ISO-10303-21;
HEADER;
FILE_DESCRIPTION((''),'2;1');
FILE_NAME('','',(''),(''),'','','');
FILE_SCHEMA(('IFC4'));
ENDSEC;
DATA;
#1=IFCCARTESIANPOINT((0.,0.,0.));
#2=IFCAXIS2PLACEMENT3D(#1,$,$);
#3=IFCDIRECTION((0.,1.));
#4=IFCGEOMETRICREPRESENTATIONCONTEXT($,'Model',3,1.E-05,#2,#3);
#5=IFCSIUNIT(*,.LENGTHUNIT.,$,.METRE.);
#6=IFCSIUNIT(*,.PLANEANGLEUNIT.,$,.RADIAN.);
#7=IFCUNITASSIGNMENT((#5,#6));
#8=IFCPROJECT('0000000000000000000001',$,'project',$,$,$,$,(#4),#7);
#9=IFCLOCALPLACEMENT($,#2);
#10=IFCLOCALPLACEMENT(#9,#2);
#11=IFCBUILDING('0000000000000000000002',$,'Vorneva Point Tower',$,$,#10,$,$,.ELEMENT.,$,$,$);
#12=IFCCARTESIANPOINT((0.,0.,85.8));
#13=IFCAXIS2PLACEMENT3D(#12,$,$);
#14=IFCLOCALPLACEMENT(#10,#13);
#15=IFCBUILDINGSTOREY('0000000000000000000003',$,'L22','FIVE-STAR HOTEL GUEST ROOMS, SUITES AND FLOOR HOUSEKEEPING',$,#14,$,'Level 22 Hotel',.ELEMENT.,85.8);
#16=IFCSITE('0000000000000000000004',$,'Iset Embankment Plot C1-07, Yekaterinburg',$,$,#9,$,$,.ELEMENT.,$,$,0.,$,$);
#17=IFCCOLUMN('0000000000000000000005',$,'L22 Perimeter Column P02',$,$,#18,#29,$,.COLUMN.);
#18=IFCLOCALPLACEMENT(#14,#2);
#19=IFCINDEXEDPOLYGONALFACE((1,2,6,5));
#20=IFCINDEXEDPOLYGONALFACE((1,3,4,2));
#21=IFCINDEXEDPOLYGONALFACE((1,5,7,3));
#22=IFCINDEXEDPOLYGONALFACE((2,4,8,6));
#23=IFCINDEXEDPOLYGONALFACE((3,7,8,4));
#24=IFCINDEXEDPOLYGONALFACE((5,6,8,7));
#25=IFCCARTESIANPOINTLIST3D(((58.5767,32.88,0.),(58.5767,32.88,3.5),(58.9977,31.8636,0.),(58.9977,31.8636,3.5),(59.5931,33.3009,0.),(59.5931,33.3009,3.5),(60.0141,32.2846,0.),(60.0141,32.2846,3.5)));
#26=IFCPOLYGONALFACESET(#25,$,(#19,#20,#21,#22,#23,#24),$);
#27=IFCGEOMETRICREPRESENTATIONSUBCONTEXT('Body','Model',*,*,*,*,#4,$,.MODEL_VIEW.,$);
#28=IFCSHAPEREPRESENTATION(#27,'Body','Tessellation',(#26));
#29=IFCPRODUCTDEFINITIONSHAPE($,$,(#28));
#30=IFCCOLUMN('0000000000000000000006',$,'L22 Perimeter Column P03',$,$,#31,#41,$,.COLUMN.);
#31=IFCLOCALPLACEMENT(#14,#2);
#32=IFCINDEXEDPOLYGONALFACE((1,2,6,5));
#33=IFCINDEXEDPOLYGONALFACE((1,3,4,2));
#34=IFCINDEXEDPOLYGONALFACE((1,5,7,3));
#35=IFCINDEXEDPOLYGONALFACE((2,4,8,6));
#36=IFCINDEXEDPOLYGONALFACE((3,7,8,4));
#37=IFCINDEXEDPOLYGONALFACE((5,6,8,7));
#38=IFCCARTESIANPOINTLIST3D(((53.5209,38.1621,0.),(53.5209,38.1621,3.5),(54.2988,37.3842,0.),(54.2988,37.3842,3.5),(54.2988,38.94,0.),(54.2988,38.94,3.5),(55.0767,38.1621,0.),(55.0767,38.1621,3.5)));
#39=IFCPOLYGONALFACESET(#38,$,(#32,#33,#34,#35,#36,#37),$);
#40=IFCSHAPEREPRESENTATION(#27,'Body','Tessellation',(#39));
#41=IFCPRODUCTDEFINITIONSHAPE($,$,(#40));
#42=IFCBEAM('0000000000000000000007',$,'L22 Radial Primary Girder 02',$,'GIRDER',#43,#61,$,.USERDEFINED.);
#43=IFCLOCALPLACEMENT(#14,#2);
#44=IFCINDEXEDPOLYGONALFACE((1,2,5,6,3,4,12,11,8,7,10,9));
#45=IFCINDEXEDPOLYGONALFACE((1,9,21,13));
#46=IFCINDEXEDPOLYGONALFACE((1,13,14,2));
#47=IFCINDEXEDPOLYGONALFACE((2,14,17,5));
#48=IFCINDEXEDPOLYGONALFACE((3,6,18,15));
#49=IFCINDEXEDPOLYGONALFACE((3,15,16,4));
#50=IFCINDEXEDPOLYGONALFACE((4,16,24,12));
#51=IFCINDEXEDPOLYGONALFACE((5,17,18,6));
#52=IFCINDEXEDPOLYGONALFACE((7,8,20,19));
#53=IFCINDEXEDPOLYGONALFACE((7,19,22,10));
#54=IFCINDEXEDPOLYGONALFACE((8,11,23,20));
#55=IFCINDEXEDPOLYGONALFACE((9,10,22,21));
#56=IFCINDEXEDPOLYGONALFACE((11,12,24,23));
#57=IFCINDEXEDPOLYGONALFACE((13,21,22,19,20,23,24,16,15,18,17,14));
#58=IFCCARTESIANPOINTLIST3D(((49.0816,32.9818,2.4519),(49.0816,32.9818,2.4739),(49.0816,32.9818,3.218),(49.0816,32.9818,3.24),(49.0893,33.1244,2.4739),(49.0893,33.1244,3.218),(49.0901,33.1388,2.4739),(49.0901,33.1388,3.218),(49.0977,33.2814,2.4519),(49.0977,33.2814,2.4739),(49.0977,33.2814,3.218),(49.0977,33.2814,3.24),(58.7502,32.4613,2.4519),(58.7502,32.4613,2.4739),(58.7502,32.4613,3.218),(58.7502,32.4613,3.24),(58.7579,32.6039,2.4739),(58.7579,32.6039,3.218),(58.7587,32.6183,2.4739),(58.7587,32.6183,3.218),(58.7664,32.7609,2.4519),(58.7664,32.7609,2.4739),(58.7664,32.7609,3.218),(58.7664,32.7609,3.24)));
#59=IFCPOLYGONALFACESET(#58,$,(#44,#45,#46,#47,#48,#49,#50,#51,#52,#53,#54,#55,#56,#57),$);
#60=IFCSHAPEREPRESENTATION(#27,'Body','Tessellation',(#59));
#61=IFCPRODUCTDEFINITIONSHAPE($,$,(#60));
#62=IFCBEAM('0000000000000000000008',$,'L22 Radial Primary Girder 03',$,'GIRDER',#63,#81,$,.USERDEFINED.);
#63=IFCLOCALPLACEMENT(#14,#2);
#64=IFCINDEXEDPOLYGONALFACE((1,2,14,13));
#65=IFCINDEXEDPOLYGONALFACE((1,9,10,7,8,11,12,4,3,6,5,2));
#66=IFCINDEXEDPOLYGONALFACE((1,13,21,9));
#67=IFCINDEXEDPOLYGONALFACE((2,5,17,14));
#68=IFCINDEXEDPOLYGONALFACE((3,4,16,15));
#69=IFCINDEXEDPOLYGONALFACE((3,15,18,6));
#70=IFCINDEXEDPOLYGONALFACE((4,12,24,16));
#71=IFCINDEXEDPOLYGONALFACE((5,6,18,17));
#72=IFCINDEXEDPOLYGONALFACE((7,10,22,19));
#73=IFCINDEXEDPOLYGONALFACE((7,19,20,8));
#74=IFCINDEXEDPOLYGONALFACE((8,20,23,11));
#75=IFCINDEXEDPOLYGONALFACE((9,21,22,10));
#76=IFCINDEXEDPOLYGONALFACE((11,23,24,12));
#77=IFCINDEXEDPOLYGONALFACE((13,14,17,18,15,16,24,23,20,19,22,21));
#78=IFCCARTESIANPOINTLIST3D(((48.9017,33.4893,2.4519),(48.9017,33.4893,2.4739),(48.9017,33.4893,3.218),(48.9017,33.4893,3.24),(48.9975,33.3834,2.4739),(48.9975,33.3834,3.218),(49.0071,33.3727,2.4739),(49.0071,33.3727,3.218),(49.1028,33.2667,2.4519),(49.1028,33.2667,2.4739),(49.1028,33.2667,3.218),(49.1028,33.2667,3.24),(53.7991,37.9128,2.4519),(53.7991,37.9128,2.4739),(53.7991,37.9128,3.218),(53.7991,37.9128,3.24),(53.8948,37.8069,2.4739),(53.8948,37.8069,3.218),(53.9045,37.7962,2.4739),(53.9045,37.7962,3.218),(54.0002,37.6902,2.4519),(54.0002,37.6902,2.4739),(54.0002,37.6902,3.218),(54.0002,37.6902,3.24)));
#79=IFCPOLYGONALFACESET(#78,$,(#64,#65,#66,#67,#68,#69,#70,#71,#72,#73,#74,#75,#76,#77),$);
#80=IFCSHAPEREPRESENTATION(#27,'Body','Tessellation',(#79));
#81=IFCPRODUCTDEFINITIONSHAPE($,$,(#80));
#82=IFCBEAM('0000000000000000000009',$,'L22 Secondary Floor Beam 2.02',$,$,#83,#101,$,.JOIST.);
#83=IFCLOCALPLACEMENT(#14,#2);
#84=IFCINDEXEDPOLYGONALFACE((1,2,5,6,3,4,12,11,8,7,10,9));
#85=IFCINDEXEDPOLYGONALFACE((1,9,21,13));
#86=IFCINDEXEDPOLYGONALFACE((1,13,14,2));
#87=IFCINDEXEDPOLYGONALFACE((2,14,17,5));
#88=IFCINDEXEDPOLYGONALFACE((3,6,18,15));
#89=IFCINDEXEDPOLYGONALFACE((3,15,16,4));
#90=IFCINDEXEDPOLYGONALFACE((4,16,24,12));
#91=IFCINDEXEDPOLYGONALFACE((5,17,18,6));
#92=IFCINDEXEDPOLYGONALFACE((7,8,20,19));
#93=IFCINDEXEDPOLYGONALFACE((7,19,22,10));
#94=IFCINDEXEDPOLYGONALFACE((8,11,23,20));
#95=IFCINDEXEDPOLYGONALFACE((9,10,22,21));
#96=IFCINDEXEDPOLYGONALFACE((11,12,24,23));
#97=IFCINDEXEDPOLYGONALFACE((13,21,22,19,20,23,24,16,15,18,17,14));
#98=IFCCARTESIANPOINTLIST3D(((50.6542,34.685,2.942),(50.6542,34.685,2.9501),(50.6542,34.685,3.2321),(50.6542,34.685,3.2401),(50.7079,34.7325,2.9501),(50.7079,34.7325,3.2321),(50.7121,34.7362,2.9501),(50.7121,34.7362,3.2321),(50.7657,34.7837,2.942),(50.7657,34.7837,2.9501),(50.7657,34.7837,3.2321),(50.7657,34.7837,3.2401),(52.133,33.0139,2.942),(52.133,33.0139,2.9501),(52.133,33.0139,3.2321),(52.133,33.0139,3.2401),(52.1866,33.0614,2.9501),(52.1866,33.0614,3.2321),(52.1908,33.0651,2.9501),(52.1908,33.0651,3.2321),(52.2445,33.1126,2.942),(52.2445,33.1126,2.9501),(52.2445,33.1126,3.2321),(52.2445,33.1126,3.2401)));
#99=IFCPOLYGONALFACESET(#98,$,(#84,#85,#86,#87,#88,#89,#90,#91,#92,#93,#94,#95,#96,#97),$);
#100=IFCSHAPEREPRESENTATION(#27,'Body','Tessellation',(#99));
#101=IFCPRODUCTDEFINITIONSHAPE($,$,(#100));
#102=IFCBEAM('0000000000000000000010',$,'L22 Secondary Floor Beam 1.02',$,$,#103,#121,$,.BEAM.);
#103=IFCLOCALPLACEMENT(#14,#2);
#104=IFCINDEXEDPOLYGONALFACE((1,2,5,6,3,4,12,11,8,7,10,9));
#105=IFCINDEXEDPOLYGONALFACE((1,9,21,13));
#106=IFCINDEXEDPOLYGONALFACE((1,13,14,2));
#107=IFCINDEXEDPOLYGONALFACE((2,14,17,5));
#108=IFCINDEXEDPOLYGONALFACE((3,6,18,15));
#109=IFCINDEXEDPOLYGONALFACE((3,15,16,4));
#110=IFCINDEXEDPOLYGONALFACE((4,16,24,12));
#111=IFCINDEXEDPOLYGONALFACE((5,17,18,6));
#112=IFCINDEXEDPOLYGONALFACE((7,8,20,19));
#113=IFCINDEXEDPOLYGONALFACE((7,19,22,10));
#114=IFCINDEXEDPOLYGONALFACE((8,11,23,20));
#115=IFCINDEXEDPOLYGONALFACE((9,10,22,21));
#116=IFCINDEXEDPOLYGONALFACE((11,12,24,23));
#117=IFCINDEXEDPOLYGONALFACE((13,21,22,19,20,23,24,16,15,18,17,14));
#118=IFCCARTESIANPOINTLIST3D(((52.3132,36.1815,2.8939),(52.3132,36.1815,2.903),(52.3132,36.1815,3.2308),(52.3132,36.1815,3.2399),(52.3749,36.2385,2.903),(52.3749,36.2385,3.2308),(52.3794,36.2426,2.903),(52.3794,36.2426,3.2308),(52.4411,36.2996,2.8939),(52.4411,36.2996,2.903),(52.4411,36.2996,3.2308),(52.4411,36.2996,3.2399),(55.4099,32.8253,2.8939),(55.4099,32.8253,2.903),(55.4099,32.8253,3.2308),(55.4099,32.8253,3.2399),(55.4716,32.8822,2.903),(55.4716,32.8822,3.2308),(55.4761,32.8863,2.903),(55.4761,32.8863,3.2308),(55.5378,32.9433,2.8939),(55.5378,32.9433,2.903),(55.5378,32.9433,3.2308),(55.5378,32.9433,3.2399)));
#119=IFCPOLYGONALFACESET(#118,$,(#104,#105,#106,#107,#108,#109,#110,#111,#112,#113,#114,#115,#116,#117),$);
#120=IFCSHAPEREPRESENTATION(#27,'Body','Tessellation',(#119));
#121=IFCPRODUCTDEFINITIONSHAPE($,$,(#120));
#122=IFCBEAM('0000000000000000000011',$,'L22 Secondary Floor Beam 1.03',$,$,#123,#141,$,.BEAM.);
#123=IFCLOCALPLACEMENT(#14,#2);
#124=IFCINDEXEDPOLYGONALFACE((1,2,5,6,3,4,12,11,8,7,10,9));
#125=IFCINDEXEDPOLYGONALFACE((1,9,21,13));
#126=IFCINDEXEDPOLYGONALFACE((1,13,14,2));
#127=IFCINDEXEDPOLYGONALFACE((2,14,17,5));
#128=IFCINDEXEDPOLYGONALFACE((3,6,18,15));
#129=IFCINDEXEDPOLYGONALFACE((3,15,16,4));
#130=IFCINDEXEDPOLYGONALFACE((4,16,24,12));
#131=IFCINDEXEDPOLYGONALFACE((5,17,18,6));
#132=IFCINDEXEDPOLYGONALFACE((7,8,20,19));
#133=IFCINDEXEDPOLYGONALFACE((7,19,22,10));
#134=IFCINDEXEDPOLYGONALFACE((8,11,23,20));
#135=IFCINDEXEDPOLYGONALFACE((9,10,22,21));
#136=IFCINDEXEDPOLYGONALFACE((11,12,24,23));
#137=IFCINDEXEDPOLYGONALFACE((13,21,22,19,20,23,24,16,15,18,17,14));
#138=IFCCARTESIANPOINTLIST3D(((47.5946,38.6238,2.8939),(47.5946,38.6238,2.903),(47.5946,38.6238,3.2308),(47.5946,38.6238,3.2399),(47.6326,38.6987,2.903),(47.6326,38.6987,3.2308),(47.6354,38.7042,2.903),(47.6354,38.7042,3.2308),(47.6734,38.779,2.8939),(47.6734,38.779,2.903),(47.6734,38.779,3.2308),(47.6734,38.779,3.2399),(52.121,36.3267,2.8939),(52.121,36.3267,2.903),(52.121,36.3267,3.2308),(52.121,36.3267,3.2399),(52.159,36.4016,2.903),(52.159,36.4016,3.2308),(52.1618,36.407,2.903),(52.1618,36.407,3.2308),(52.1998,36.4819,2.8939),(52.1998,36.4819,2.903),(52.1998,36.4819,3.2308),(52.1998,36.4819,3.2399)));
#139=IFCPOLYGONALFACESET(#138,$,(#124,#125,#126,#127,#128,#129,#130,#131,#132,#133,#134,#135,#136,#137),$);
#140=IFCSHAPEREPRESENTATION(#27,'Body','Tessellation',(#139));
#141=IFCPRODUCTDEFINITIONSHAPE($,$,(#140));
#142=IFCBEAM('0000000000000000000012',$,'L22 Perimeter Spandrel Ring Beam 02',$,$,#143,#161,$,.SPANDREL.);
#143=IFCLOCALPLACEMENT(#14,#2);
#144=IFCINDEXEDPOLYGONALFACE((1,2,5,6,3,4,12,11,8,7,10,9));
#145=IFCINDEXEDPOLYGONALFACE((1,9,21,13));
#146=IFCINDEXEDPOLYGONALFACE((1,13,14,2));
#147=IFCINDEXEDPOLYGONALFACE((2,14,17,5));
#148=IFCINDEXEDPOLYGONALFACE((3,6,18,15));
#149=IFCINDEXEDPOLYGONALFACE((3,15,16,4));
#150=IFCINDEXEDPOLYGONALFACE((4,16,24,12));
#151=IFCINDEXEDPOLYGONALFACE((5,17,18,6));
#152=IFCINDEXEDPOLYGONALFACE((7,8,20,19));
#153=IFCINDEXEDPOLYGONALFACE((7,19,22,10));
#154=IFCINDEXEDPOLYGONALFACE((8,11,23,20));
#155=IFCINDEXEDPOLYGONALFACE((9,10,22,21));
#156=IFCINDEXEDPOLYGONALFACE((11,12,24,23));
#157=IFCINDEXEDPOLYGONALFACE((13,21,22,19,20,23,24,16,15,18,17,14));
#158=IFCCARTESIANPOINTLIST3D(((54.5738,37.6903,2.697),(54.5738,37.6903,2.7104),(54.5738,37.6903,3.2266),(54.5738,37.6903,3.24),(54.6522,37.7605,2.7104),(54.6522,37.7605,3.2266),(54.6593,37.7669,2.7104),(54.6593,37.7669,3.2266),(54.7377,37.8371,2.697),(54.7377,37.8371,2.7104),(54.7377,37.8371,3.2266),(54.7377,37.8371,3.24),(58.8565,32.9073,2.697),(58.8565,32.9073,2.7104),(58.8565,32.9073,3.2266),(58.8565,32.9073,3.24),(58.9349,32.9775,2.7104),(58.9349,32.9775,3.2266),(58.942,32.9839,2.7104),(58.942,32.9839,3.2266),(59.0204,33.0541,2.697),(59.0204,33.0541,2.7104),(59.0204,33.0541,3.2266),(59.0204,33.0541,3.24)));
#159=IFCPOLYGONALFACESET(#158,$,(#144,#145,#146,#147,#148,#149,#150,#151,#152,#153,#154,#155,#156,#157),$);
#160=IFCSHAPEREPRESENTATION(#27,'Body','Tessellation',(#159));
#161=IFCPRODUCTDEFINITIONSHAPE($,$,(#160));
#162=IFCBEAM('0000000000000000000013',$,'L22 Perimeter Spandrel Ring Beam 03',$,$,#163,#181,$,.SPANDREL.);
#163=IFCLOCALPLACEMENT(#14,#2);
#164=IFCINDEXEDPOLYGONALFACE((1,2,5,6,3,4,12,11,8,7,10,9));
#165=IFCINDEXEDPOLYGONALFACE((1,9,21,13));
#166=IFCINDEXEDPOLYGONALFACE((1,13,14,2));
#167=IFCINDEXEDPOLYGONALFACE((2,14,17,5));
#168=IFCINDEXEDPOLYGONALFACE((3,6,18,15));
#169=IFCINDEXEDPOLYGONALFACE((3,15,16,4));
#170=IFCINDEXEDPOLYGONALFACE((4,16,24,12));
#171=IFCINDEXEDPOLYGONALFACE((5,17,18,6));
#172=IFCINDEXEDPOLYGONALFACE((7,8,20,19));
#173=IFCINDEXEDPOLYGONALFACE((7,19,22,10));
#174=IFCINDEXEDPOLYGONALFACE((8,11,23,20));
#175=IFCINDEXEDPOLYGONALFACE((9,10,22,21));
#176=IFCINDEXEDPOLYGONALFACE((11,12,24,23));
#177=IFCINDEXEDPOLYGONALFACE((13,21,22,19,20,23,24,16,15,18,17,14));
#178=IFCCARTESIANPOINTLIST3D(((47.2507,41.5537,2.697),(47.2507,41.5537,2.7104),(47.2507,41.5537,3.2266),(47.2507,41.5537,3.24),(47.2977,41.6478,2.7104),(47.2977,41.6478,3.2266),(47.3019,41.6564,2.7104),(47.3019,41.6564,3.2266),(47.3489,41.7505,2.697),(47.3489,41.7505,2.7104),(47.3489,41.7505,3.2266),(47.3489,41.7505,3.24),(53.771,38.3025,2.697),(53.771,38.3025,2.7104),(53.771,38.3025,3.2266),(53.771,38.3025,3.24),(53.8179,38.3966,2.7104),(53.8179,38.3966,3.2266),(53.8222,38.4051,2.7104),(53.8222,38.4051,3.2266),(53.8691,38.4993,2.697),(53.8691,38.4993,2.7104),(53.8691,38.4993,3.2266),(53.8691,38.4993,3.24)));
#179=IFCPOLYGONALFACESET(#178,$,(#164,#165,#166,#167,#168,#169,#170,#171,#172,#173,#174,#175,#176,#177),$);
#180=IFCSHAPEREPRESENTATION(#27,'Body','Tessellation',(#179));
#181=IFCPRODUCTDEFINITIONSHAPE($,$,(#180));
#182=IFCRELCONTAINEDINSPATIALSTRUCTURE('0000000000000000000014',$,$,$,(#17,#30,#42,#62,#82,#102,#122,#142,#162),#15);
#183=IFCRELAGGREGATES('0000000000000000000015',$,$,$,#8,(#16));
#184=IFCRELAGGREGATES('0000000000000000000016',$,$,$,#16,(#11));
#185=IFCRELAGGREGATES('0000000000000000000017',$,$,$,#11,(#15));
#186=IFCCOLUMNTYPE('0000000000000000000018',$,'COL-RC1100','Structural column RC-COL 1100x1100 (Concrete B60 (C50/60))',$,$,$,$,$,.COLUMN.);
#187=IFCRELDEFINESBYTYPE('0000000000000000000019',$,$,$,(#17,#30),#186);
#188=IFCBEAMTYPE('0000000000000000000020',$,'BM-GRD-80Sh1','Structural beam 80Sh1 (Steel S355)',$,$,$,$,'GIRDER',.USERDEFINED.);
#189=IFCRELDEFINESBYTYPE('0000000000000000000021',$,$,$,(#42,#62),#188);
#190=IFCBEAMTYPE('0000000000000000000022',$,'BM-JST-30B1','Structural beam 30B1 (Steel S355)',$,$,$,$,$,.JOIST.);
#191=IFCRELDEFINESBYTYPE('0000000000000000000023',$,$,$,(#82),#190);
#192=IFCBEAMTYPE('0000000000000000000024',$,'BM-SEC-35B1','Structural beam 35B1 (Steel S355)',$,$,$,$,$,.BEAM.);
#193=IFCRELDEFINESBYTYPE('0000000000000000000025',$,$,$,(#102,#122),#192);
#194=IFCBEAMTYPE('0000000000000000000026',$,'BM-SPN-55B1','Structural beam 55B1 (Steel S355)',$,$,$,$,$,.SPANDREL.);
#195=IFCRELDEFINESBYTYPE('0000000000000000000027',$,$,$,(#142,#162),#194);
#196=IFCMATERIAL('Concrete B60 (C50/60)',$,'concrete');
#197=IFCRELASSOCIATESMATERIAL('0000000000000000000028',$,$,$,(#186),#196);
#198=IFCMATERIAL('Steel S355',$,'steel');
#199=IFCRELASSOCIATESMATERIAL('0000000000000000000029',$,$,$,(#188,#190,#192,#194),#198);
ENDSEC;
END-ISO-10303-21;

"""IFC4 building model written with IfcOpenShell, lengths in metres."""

from ifc_helpers import new_model, si_unit, direction, frame, origin, origin_2d, place, context, subcontext, project, spatial, rectangle, i_section, extrude, material, material_profile, profile_set, type_object, element, save


model = new_model("IFC4")

# Units and contexts
model_context = context("Model", 3, precision=1e-05, world=origin(), true_north=direction((0.0, 1.0)))
body_context = subcontext(model_context, "Body", "Model", "MODEL_VIEW")
ifc_project = project(units=[si_unit("LENGTHUNIT", "METRE"), si_unit("PLANEANGLEUNIT", "RADIAN")], contexts=[model_context])

# Site, building, storey
site_placement = place(None, origin())
site = spatial("IfcSite", under=ifc_project, at=site_placement, Name="Iset Embankment Plot C1-07, Yekaterinburg", CompositionType="ELEMENT", RefElevation=0.0)
building_placement = place(site_placement, origin())
building = spatial("IfcBuilding", under=site, at=building_placement, Name="Vorneva Point Tower", CompositionType="ELEMENT")
storey_placement = place(building_placement, frame((0.0, 0.0, 85.8)))
storey = spatial("IfcBuildingStorey", under=building, at=storey_placement, Name="L22", Description="FIVE-STAR HOTEL GUEST ROOMS, SUITES AND FLOOR HOUSEKEEPING", LongName="Level 22 Hotel", CompositionType="ELEMENT", Elevation=85.8)

# Columns
ifc_material_1 = material(Name="Concrete B60 (C50/60)", Category="concrete")
ifc_material_profile_1 = material_profile(ifc_material_1, rectangle(XDim=1.1001, YDim=1.1001, at=origin_2d()), Name="RC-COL 1100x1100")
ifc_profile_set_1 = profile_set([ifc_material_profile_1], Name="Concrete B60 (C50/60)")
column_type = type_object("IfcColumnType", Name="COL-RC1100", Description="Structural column RC-COL 1100x1100 (Concrete B60 (C50/60))", PredefinedType="COLUMN", material=ifc_profile_set_1)
for number, where, z_axis, x_axis, name in (
    (1, (59.2954, 32.5823, 0.0), (0.0, 0.0, 1.0), (0.92388, 0.382683, 0.0), "L22 Perimeter Column P02"),
    (2, (54.2988, 38.1621, 0.0), (0.0, 0.0, 1.0), (0.707107, 0.707107, 0.0), "L22 Perimeter Column P03"),
):
    element("IfcColumn", number, at=place(storey_placement, frame(where, z_axis=z_axis, x_axis=x_axis)), inside=storey, type_object=column_type, Name=name, PredefinedType="COLUMN", context=body_context, shape_type="SweptSolid", body=[
        extrude(rectangle(XDim=1.1001, YDim=1.1001, at=origin_2d()), origin(), (0.0, 0.0, 1.0), 3.5),
    ])

# Beams
ifc_material_2 = material(Name="Steel S355", Category="steel")
ifc_material_profile_2 = material_profile(ifc_material_2, i_section(OverallWidth=0.3, OverallDepth=0.7881, WebThickness=0.0144, FlangeThickness=0.022, at=origin_2d()), Name="80Sh1")
ifc_profile_set_2 = profile_set([ifc_material_profile_2], Name="Steel S355")
beam_type_1 = type_object("IfcBeamType", Name="BM-GRD-80Sh1", Description="Structural beam 80Sh1 (Steel S355)", ElementType="GIRDER", PredefinedType="USERDEFINED", material=ifc_profile_set_2)
beam_1_placement = place(storey_placement, frame((58.7583, 32.6111, 2.8459), z_axis=(-0.998554, 0.053756, 0.0), x_axis=(-0.053756, -0.998554, 0.0)))
element("IfcBeam", 3, at=beam_1_placement, inside=storey, type_object=beam_type_1, Name="L22 Radial Primary Girder 02", ObjectType="GIRDER", PredefinedType="USERDEFINED", context=body_context, shape_type="SweptSolid", body=[
    extrude(i_section(OverallWidth=0.3, OverallDepth=0.7881, WebThickness=0.0144, FlangeThickness=0.022, at=origin_2d()), origin(), (0.0, 0.0, 1.0), 9.6826),
])
beam_2_placement = place(storey_placement, frame((53.8997, 37.8015, 2.8459), z_axis=(-0.742097, -0.670292, 0.0), x_axis=(0.670292, -0.742097, 0.0)))
element("IfcBeam", 4, at=beam_2_placement, inside=storey, type_object=beam_type_1, Name="L22 Radial Primary Girder 03", ObjectType="GIRDER", PredefinedType="USERDEFINED", context=body_context, shape_type="SweptSolid", body=[
    extrude(i_section(OverallWidth=0.3, OverallDepth=0.7881, WebThickness=0.0144, FlangeThickness=0.022, at=origin_2d()), origin(), (0.0, 0.0, 1.0), 6.5994),
])
ifc_material_profile_3 = material_profile(ifc_material_2, i_section(OverallWidth=0.1489, OverallDepth=0.2981, WebThickness=0.0056, FlangeThickness=0.0081, at=origin_2d()), Name="30B1")
ifc_profile_set_3 = profile_set([ifc_material_profile_3], Name="Steel S355")
beam_type_2 = type_object("IfcBeamType", Name="BM-JST-30B1", Description="Structural beam 30B1 (Steel S355)", PredefinedType="JOIST", material=ifc_profile_set_3)
beam_3_placement = place(storey_placement, frame((52.1887, 33.0632, 3.0911), z_axis=(-0.662685, 0.748898, 0.0), x_axis=(-0.748898, -0.662685, 0.0)))
element("IfcBeam", 5, at=beam_3_placement, inside=storey, type_object=beam_type_2, Name="L22 Secondary Floor Beam 2.02", PredefinedType="JOIST", context=body_context, shape_type="SweptSolid", body=[
    extrude(i_section(OverallWidth=0.1489, OverallDepth=0.2981, WebThickness=0.0056, FlangeThickness=0.0081, at=origin_2d()), origin(), (0.0, 0.0, 1.0), 2.2314),
])
ifc_material_profile_4 = material_profile(ifc_material_2, i_section(OverallWidth=0.1741, OverallDepth=0.3459, WebThickness=0.0061, FlangeThickness=0.009, at=origin_2d()), Name="35B1")
ifc_profile_set_4 = profile_set([ifc_material_profile_4], Name="Steel S355")
beam_type_3 = type_object("IfcBeamType", Name="BM-SEC-35B1", Description="Structural beam 35B1 (Steel S355)", PredefinedType="BEAM", material=ifc_profile_set_4)
beam_4_placement = place(storey_placement, frame((55.4739, 32.8843, 3.0669), z_axis=(-0.67812, 0.734951, 0.0), x_axis=(-0.734951, -0.67812, 0.0)))
element("IfcBeam", 6, at=beam_4_placement, inside=storey, type_object=beam_type_3, Name="L22 Secondary Floor Beam 1.02", PredefinedType="BEAM", context=body_context, shape_type="SweptSolid", body=[
    extrude(i_section(OverallWidth=0.1741, OverallDepth=0.3459, WebThickness=0.0061, FlangeThickness=0.009, at=origin_2d()), origin(), (0.0, 0.0, 1.0), 4.5667),
])
beam_5_placement = place(storey_placement, frame((52.1604, 36.4043, 3.0669), z_axis=(-0.891737, 0.452554, 0.0), x_axis=(-0.452554, -0.891737, 0.0)))
element("IfcBeam", 7, at=beam_5_placement, inside=storey, type_object=beam_type_3, Name="L22 Secondary Floor Beam 1.03", PredefinedType="BEAM", context=body_context, shape_type="SweptSolid", body=[
    extrude(i_section(OverallWidth=0.1741, OverallDepth=0.3459, WebThickness=0.0061, FlangeThickness=0.009, at=origin_2d()), origin(), (0.0, 0.0, 1.0), 5.0759),
])
ifc_material_profile_5 = material_profile(ifc_material_2, i_section(OverallWidth=0.22, OverallDepth=0.543, WebThickness=0.0095, FlangeThickness=0.0134, at=origin_2d()), Name="55B1")
ifc_profile_set_5 = profile_set([ifc_material_profile_5], Name="Steel S355")
beam_type_4 = type_object("IfcBeamType", Name="BM-SPN-55B1", Description="Structural beam 55B1 (Steel S355)", PredefinedType="SPANDREL", material=ifc_profile_set_5)
beam_6_placement = place(storey_placement, frame((58.9385, 32.9807, 2.9685), z_axis=(-0.667074, 0.744992, 0.0), x_axis=(-0.744992, -0.667074, 0.0)))
element("IfcBeam", 8, at=beam_6_placement, inside=storey, type_object=beam_type_4, Name="L22 Perimeter Spandrel Ring Beam 02", PredefinedType="SPANDREL", context=body_context, shape_type="SweptSolid", body=[
    extrude(i_section(OverallWidth=0.22, OverallDepth=0.543, WebThickness=0.0095, FlangeThickness=0.0134, at=origin_2d()), origin(), (0.0, 0.0, 1.0), 6.4202),
])
beam_7_placement = place(storey_placement, frame((53.8201, 38.4009, 2.9685), z_axis=(-0.894916, 0.446235, 0.0), x_axis=(-0.446235, -0.894916, 0.0)))
element("IfcBeam", 9, at=beam_7_placement, inside=storey, type_object=beam_type_4, Name="L22 Perimeter Spandrel Ring Beam 03", PredefinedType="SPANDREL", context=body_context, shape_type="SweptSolid", body=[
    extrude(i_section(OverallWidth=0.22, OverallDepth=0.543, WebThickness=0.0095, FlangeThickness=0.0134, at=origin_2d()), origin(), (0.0, 0.0, 1.0), 7.2859),
])

save(model, "model.ifc")
